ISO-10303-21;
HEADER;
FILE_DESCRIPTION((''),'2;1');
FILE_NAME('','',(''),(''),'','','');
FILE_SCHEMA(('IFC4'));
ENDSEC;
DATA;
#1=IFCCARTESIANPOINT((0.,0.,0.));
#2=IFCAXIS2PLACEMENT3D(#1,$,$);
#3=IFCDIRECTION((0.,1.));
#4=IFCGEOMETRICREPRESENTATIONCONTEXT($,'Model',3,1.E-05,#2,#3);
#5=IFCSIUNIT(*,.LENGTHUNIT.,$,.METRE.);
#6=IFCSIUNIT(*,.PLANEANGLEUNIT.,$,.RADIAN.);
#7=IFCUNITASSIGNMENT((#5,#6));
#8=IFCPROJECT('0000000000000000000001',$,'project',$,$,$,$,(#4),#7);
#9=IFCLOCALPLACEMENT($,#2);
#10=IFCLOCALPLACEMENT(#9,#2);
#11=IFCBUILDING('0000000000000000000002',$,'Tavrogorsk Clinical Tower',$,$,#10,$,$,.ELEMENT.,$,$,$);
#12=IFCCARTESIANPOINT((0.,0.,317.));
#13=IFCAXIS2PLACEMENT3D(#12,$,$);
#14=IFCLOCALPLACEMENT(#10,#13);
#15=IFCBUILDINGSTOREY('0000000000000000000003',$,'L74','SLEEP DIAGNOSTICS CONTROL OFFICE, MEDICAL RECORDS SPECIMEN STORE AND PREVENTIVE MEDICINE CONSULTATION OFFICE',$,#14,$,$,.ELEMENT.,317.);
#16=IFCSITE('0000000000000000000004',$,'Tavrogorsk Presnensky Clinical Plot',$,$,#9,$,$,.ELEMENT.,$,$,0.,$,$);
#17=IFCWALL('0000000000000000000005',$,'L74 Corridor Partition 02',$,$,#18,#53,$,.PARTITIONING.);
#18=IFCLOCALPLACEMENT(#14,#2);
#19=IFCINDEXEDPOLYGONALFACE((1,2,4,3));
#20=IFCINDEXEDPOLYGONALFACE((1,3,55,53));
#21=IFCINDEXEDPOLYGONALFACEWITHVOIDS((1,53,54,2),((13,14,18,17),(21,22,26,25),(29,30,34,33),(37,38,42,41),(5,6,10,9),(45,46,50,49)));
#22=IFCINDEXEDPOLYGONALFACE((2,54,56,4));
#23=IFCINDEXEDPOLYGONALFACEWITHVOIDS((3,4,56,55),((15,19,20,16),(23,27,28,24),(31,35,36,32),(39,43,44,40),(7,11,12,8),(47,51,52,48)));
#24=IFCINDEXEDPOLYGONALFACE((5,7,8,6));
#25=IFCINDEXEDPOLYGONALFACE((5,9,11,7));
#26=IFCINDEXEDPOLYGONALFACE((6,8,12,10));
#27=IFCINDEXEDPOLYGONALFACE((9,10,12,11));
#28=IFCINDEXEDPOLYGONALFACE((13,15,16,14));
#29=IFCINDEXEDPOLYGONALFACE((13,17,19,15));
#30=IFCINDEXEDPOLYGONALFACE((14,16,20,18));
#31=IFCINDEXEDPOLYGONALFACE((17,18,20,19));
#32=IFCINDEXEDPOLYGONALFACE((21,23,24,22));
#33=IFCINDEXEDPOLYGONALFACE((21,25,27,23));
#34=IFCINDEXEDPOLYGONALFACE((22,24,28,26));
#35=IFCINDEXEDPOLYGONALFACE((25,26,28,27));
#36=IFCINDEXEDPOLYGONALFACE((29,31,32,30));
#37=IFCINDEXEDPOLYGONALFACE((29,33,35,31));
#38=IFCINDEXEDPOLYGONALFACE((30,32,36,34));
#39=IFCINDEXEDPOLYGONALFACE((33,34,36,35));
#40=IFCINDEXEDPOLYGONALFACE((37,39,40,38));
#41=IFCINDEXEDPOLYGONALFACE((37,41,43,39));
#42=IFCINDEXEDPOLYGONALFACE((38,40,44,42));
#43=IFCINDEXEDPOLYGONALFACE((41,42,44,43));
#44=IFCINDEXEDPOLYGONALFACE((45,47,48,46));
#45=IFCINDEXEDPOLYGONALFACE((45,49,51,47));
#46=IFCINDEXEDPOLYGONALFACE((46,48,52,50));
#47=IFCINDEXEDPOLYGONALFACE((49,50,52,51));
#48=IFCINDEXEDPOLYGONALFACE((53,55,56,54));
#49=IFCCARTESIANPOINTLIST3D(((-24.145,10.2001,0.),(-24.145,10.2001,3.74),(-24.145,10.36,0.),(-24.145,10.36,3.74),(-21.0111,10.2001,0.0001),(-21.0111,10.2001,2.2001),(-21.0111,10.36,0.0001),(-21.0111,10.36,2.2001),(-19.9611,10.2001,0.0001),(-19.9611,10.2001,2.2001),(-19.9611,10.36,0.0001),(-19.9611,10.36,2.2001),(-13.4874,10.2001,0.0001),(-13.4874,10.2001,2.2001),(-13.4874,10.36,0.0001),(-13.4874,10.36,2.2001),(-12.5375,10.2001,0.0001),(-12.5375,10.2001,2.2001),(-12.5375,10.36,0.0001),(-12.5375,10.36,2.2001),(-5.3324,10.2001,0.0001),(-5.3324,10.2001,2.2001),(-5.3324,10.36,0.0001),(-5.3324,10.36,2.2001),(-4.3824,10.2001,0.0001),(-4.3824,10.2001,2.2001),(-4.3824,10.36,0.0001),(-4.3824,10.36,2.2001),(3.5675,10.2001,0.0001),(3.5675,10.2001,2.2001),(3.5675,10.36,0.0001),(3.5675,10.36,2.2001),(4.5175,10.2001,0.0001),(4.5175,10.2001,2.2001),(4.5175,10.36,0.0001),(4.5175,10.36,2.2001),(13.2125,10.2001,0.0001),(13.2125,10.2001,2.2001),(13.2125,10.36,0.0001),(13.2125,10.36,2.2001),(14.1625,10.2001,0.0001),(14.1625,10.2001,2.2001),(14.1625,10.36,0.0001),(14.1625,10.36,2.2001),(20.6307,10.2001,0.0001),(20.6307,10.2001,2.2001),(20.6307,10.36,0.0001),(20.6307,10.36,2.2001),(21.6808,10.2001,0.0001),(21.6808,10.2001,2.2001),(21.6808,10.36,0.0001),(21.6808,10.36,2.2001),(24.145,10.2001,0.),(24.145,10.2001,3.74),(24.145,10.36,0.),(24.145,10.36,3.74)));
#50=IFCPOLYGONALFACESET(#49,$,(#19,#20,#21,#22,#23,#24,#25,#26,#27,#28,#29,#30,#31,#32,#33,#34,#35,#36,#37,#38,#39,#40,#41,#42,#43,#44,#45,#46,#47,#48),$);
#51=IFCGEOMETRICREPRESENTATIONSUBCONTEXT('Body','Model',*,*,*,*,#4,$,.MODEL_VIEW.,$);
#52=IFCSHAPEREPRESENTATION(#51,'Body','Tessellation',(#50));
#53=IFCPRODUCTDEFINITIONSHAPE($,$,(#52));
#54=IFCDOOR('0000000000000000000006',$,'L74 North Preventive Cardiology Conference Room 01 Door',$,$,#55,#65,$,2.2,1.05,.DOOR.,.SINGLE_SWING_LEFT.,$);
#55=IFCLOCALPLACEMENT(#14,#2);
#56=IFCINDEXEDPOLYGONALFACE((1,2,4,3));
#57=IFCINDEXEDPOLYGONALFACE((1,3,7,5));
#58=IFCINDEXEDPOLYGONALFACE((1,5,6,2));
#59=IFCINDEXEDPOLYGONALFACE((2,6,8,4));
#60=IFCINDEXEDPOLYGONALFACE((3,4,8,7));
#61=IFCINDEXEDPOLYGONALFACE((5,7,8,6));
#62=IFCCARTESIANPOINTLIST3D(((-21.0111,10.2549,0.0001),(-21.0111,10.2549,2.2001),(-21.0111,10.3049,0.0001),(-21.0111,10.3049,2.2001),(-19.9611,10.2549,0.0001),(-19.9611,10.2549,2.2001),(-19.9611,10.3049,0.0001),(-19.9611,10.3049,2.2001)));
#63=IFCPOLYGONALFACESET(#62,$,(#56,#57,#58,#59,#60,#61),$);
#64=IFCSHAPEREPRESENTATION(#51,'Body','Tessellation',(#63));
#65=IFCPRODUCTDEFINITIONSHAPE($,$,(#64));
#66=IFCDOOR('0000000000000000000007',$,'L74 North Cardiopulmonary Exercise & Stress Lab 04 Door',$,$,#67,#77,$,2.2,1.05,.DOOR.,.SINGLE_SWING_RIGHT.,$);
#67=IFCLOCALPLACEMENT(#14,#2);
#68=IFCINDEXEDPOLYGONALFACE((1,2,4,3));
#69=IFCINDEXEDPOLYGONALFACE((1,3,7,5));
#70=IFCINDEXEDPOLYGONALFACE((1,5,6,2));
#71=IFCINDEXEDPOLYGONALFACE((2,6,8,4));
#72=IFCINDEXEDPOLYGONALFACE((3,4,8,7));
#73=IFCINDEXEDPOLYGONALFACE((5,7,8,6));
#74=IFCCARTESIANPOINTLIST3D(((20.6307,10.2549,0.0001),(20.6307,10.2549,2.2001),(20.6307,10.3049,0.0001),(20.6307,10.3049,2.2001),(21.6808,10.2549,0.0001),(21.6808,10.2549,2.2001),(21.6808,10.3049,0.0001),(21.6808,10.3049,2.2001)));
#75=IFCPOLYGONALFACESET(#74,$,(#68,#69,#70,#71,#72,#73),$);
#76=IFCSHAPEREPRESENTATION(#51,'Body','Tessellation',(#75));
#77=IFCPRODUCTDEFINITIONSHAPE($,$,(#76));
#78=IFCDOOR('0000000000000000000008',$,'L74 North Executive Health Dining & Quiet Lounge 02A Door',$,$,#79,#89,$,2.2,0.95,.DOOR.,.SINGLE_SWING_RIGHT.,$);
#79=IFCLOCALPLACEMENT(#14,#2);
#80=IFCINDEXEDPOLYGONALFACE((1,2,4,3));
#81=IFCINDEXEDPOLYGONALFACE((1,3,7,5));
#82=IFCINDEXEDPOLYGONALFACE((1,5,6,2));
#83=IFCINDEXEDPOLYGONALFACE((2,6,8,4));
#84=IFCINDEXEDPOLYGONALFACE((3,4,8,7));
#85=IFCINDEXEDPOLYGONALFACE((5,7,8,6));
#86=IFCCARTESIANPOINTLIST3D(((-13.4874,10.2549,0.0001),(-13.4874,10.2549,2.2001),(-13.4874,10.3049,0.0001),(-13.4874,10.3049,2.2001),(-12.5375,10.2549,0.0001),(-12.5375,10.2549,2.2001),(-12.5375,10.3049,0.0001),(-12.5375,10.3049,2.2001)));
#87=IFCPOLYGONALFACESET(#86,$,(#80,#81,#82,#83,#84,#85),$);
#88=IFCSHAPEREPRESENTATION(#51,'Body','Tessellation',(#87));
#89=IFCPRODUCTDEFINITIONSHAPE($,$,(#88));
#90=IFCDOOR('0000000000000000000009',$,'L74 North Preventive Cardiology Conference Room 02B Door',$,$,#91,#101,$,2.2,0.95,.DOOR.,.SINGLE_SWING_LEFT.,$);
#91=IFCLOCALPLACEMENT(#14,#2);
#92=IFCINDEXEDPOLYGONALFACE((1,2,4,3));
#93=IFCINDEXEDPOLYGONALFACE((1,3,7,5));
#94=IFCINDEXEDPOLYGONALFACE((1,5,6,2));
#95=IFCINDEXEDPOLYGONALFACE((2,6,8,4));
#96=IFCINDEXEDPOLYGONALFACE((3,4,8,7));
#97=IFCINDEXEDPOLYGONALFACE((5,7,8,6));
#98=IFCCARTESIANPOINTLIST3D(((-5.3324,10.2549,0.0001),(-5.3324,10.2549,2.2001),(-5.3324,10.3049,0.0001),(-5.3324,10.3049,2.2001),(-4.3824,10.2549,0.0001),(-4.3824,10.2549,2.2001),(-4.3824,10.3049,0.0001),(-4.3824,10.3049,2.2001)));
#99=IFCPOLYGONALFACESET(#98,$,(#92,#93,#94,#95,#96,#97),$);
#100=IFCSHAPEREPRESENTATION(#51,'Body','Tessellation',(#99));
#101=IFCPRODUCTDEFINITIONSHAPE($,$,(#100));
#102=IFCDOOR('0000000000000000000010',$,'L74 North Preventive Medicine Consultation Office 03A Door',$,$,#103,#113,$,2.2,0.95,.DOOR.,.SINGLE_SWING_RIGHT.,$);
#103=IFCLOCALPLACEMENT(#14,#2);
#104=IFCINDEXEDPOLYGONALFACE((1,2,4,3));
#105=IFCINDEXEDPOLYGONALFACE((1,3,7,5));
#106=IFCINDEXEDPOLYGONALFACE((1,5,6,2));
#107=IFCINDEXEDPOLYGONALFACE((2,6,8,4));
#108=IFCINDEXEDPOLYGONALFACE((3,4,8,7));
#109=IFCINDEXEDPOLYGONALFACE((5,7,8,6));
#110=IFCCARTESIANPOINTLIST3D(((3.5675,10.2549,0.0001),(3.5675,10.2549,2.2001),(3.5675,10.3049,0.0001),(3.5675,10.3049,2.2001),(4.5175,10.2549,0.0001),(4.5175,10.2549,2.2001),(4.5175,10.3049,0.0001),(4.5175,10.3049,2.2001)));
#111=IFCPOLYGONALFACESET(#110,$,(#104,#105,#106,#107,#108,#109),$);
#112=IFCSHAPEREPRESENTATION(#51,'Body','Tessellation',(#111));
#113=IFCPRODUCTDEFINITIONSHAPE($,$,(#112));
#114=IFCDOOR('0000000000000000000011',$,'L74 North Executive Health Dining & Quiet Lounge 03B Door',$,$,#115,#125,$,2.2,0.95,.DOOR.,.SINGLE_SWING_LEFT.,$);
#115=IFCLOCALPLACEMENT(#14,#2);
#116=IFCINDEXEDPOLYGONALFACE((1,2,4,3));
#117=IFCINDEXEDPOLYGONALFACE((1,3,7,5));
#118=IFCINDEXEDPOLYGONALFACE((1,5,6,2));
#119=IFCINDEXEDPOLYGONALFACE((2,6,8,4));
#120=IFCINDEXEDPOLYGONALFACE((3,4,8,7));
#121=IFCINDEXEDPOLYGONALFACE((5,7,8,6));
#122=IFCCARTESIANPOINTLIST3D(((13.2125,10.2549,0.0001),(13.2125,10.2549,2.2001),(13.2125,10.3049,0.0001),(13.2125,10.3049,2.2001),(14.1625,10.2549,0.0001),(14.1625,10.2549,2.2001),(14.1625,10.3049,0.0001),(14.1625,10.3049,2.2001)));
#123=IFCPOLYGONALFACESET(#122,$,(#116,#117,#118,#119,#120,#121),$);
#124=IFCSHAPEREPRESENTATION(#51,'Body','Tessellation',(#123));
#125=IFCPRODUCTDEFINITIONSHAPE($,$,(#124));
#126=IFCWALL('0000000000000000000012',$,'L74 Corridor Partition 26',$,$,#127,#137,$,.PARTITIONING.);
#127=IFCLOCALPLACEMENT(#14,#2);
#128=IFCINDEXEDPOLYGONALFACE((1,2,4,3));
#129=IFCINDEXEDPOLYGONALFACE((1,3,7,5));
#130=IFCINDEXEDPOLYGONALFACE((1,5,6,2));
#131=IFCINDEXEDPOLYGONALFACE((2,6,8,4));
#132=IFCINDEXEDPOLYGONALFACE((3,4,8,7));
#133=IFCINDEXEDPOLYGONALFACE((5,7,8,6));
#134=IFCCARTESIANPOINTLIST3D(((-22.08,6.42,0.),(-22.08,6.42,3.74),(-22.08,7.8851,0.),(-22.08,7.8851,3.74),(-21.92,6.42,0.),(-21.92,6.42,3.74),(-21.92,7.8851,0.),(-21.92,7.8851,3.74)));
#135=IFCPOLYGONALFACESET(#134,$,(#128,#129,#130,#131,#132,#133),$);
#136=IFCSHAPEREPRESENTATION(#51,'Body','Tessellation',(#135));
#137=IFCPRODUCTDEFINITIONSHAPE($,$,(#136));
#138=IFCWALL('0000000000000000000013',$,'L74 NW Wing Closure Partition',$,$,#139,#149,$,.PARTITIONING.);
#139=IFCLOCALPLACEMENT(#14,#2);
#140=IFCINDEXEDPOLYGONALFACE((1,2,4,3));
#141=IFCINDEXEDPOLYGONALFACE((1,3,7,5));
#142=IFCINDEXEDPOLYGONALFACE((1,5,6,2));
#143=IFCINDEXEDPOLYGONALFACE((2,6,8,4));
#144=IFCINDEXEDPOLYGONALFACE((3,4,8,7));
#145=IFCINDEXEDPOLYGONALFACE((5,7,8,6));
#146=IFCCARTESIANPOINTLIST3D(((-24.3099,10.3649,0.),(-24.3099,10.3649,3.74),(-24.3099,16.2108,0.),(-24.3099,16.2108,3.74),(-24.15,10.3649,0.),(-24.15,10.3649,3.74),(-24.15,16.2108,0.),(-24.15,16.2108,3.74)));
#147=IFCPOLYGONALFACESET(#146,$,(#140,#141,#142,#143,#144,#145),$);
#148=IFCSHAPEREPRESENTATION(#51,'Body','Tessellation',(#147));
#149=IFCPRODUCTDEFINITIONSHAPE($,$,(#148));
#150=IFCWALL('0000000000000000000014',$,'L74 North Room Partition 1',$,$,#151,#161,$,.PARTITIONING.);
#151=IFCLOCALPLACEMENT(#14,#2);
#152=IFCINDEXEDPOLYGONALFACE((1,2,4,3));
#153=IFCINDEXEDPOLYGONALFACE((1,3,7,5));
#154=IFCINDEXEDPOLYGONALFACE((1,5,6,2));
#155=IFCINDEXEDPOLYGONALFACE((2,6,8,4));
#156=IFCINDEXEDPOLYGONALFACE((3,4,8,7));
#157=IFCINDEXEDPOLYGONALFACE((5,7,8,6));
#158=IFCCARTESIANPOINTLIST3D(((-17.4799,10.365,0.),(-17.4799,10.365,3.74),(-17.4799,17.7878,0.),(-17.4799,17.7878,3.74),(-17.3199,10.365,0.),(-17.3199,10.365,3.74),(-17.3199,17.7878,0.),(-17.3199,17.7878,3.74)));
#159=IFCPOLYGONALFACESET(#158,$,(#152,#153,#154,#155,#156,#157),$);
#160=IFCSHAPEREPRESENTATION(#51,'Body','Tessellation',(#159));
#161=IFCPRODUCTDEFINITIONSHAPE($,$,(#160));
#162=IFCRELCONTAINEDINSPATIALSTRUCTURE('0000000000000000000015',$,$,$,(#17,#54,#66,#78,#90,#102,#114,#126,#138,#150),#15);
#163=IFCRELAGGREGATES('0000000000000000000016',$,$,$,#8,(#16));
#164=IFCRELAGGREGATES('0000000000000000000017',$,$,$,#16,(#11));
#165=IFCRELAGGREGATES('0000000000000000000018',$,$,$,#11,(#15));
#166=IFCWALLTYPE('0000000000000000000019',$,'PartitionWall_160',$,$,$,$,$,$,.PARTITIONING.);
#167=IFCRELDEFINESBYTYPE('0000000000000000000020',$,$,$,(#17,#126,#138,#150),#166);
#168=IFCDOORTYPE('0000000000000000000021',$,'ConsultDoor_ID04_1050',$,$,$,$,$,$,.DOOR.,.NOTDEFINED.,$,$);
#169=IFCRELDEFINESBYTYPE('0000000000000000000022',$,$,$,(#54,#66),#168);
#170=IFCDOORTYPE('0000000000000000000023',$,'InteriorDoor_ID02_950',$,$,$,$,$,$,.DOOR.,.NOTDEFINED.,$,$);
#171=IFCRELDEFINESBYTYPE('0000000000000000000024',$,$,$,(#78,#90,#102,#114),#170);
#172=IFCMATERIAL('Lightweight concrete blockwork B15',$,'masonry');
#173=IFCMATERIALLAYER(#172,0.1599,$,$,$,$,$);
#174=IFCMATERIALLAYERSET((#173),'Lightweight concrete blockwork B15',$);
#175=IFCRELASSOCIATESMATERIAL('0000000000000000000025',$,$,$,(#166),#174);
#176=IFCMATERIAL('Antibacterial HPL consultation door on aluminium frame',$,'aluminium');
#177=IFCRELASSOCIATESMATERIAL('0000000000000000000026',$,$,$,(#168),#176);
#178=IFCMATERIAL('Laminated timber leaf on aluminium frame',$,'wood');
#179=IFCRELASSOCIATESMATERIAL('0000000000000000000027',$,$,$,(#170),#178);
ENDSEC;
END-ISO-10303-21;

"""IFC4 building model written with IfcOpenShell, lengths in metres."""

from ifc_helpers import new_model, si_unit, direction, frame, frame_2d, origin, place, context, subcontext, project, spatial, rectangle, extrude, material, layer, layer_set, type_object, element, fill, save


model = new_model("IFC4")

# Units and contexts
model_context = context("Model", 3, precision=1e-05, world=origin(), true_north=direction((0.0, 1.0)))
body_context = subcontext(model_context, "Body", "Model", "MODEL_VIEW")
ifc_project = project(units=[si_unit("LENGTHUNIT", "METRE"), si_unit("PLANEANGLEUNIT", "RADIAN")], contexts=[model_context])

# Site, building, storey
site_placement = place(None, origin())
site = spatial("IfcSite", under=ifc_project, at=site_placement, Name="Tavrogorsk Presnensky Clinical Plot", CompositionType="ELEMENT", RefElevation=0.0)
building_placement = place(site_placement, origin())
building = spatial("IfcBuilding", under=site, at=building_placement, Name="Tavrogorsk Clinical Tower", CompositionType="ELEMENT")
storey_placement = place(building_placement, frame((0.0, 0.0, 317.0)))
storey = spatial("IfcBuildingStorey", under=building, at=storey_placement, Name="L74", Description="SLEEP DIAGNOSTICS CONTROL OFFICE, MEDICAL RECORDS SPECIMEN STORE AND PREVENTIVE MEDICINE CONSULTATION OFFICE", CompositionType="ELEMENT", Elevation=317.0)

# Wall, openings, doors
ifc_material_1 = material(Name="Lightweight concrete blockwork B15", Category="masonry")
ifc_layer_1 = layer(ifc_material_1, 0.1599)
ifc_layer_set_1 = layer_set([ifc_layer_1], Name="Lightweight concrete blockwork B15")
wall_type_1 = type_object("IfcWallType", Name="PartitionWall_160", PredefinedType="PARTITIONING", material=ifc_layer_set_1)
wall_1_placement = place(storey_placement, frame((-24.145, 10.28, 0.0), z_axis=(0.0, 0.0, 1.0), x_axis=(1.0, 0.0, 0.0)))
wall_1 = element("IfcWall", 1, at=wall_1_placement, inside=storey, type_object=wall_type_1, Name="L74 Corridor Partition 02", PredefinedType="PARTITIONING", context=body_context, shape_type="SweptSolid", body=[
    extrude(rectangle(XDim=48.29, YDim=0.1599, at=frame_2d((24.145, 0.0))), origin(), (0.0, 0.0, 1.0), 3.74),
])
opening_1_placement = place(wall_1_placement, frame((3.134, 0.0, 0.0)))
opening_1 = element("IfcOpeningElement", 2, at=opening_1_placement, cuts=wall_1, PredefinedType="OPENING", context=body_context, shape_type="SweptSolid", body=[
    extrude(rectangle(XDim=1.05, YDim=2.2, at=frame_2d((0.5249, 1.1001))), frame((0.0, 0.0898, 0.0), z_axis=(0.0, -1.0, 0.0), x_axis=(1.0, 0.0, 0.0)), (0.0, 0.0, 1.0), 0.1799),
])
opening_2_placement = place(wall_1_placement, frame((10.6575, 0.0, 0.0)))
opening_2 = element("IfcOpeningElement", 3, at=opening_2_placement, cuts=wall_1, PredefinedType="OPENING", context=body_context, shape_type="SweptSolid", body=[
    extrude(rectangle(XDim=0.95, YDim=2.2, at=frame_2d((0.4751, 1.1001))), frame((0.0, 0.0898, 0.0), z_axis=(0.0, -1.0, 0.0), x_axis=(1.0, 0.0, 0.0)), (0.0, 0.0, 1.0), 0.1799),
])
opening_3_placement = place(wall_1_placement, frame((18.8125, 0.0, 0.0)))
opening_3 = element("IfcOpeningElement", 4, at=opening_3_placement, cuts=wall_1, PredefinedType="OPENING", context=body_context, shape_type="SweptSolid", body=[
    extrude(rectangle(XDim=0.95, YDim=2.2, at=frame_2d((0.4751, 1.1001))), frame((0.0, 0.0898, 0.0), z_axis=(0.0, -1.0, 0.0), x_axis=(1.0, 0.0, 0.0)), (0.0, 0.0, 1.0), 0.1799),
])
opening_4_placement = place(wall_1_placement, frame((27.7124, 0.0, 0.0)))
opening_4 = element("IfcOpeningElement", 5, at=opening_4_placement, cuts=wall_1, PredefinedType="OPENING", context=body_context, shape_type="SweptSolid", body=[
    extrude(rectangle(XDim=0.95, YDim=2.2, at=frame_2d((0.4751, 1.1001))), frame((0.0, 0.0898, 0.0), z_axis=(0.0, -1.0, 0.0), x_axis=(1.0, 0.0, 0.0)), (0.0, 0.0, 1.0), 0.1799),
])
opening_5_placement = place(wall_1_placement, frame((37.3574, 0.0, 0.0)))
opening_5 = element("IfcOpeningElement", 6, at=opening_5_placement, cuts=wall_1, PredefinedType="OPENING", context=body_context, shape_type="SweptSolid", body=[
    extrude(rectangle(XDim=0.95, YDim=2.2, at=frame_2d((0.4751, 1.1001))), frame((0.0, 0.0898, 0.0), z_axis=(0.0, -1.0, 0.0), x_axis=(1.0, 0.0, 0.0)), (0.0, 0.0, 1.0), 0.1799),
])
opening_6_placement = place(wall_1_placement, frame((44.7759, 0.0, 0.0)))
opening_6 = element("IfcOpeningElement", 7, at=opening_6_placement, cuts=wall_1, PredefinedType="OPENING", context=body_context, shape_type="SweptSolid", body=[
    extrude(rectangle(XDim=1.05, YDim=2.2, at=frame_2d((0.5249, 1.1001))), frame((0.0, 0.0898, 0.0), z_axis=(0.0, -1.0, 0.0), x_axis=(1.0, 0.0, 0.0)), (0.0, 0.0, 1.0), 0.1799),
])
ifc_material_2 = material(Name="Antibacterial HPL consultation door on aluminium frame", Category="aluminium")
door_type_1 = type_object("IfcDoorType", Name="ConsultDoor_ID04_1050", OperationType="NOTDEFINED", PredefinedType="DOOR", material=ifc_material_2)
door_1_placement = place(opening_1_placement, origin())
door_1 = element("IfcDoor", 8, at=door_1_placement, inside=storey, type_object=door_type_1, Name="L74 North Preventive Cardiology Conference Room 01 Door", OperationType="SINGLE_SWING_LEFT", OverallHeight=2.2, OverallWidth=1.05, PredefinedType="DOOR", context=body_context, shape_type="SweptSolid", body=[
    extrude(rectangle(XDim=1.05, YDim=2.2, at=frame_2d((0.5249, 1.1001))), frame((0.0, 0.0249, 0.0), z_axis=(0.0, -1.0, 0.0), x_axis=(1.0, 0.0, 0.0)), (0.0, 0.0, 1.0), 0.05),
])
fill(opening_1, door_1)
door_2_placement = place(opening_6_placement, origin())
door_2 = element("IfcDoor", 9, at=door_2_placement, inside=storey, type_object=door_type_1, Name="L74 North Cardiopulmonary Exercise & Stress Lab 04 Door", OperationType="SINGLE_SWING_RIGHT", OverallHeight=2.2, OverallWidth=1.05, PredefinedType="DOOR", context=body_context, shape_type="SweptSolid", body=[
    extrude(rectangle(XDim=1.05, YDim=2.2, at=frame_2d((0.5249, 1.1001))), frame((0.0, 0.0249, 0.0), z_axis=(0.0, -1.0, 0.0), x_axis=(1.0, 0.0, 0.0)), (0.0, 0.0, 1.0), 0.05),
])
fill(opening_6, door_2)
ifc_material_3 = material(Name="Laminated timber leaf on aluminium frame", Category="wood")
door_type_2 = type_object("IfcDoorType", Name="InteriorDoor_ID02_950", OperationType="NOTDEFINED", PredefinedType="DOOR", material=ifc_material_3)
door_3_placement = place(opening_2_placement, origin())
door_3 = element("IfcDoor", 10, at=door_3_placement, inside=storey, type_object=door_type_2, Name="L74 North Executive Health Dining & Quiet Lounge 02A Door", OperationType="SINGLE_SWING_RIGHT", OverallHeight=2.2, OverallWidth=0.95, PredefinedType="DOOR", context=body_context, shape_type="SweptSolid", body=[
    extrude(rectangle(XDim=0.95, YDim=2.2, at=frame_2d((0.4751, 1.1001))), frame((0.0, 0.0249, 0.0), z_axis=(0.0, -1.0, 0.0), x_axis=(1.0, 0.0, 0.0)), (0.0, 0.0, 1.0), 0.05),
])
fill(opening_2, door_3)
door_4_placement = place(opening_3_placement, origin())
door_4 = element("IfcDoor", 11, at=door_4_placement, inside=storey, type_object=door_type_2, Name="L74 North Preventive Cardiology Conference Room 02B Door", OperationType="SINGLE_SWING_LEFT", OverallHeight=2.2, OverallWidth=0.95, PredefinedType="DOOR", context=body_context, shape_type="SweptSolid", body=[
    extrude(rectangle(XDim=0.95, YDim=2.2, at=frame_2d((0.4751, 1.1001))), frame((0.0, 0.0249, 0.0), z_axis=(0.0, -1.0, 0.0), x_axis=(1.0, 0.0, 0.0)), (0.0, 0.0, 1.0), 0.05),
])
fill(opening_3, door_4)
door_5_placement = place(opening_4_placement, origin())
door_5 = element("IfcDoor", 12, at=door_5_placement, inside=storey, type_object=door_type_2, Name="L74 North Preventive Medicine Consultation Office 03A Door", OperationType="SINGLE_SWING_RIGHT", OverallHeight=2.2, OverallWidth=0.95, PredefinedType="DOOR", context=body_context, shape_type="SweptSolid", body=[
    extrude(rectangle(XDim=0.95, YDim=2.2, at=frame_2d((0.4751, 1.1001))), frame((0.0, 0.0249, 0.0), z_axis=(0.0, -1.0, 0.0), x_axis=(1.0, 0.0, 0.0)), (0.0, 0.0, 1.0), 0.05),
])
fill(opening_4, door_5)
door_6_placement = place(opening_5_placement, origin())
door_6 = element("IfcDoor", 13, at=door_6_placement, inside=storey, type_object=door_type_2, Name="L74 North Executive Health Dining & Quiet Lounge 03B Door", OperationType="SINGLE_SWING_LEFT", OverallHeight=2.2, OverallWidth=0.95, PredefinedType="DOOR", context=body_context, shape_type="SweptSolid", body=[
    extrude(rectangle(XDim=0.95, YDim=2.2, at=frame_2d((0.4751, 1.1001))), frame((0.0, 0.0249, 0.0), z_axis=(0.0, -1.0, 0.0), x_axis=(1.0, 0.0, 0.0)), (0.0, 0.0, 1.0), 0.05),
])
fill(opening_5, door_6)

# Walls
wall_2_placement = place(storey_placement, frame((-22.0, 7.885, 0.0), z_axis=(0.0, 0.0, 1.0), x_axis=(0.0, -1.0, 0.0)))
element("IfcWall", 14, at=wall_2_placement, inside=storey, type_object=wall_type_1, Name="L74 Corridor Partition 26", PredefinedType="PARTITIONING", context=body_context, shape_type="SweptSolid", body=[
    extrude(rectangle(XDim=1.4651, YDim=0.1599, at=frame_2d((0.7324, 0.0))), origin(), (0.0, 0.0, 1.0), 3.74),
])
wall_3_placement = place(storey_placement, frame((-24.23, 10.365, 0.0), z_axis=(0.0, 0.0, 1.0), x_axis=(0.0, 1.0, 0.0)))
element("IfcWall", 15, at=wall_3_placement, inside=storey, type_object=wall_type_1, Name="L74 NW Wing Closure Partition", PredefinedType="PARTITIONING", context=body_context, shape_type="SweptSolid", body=[
    extrude(rectangle(XDim=5.8459, YDim=0.1599, at=frame_2d((2.9229, 0.0))), origin(), (0.0, 0.0, 1.0), 3.74),
])
wall_4_placement = place(storey_placement, frame((-17.3999, 10.365, 0.0), z_axis=(0.0, 0.0, 1.0), x_axis=(0.0, 1.0, 0.0)))
element("IfcWall", 16, at=wall_4_placement, inside=storey, type_object=wall_type_1, Name="L74 North Room Partition 1", PredefinedType="PARTITIONING", context=body_context, shape_type="SweptSolid", body=[
    extrude(rectangle(XDim=7.4229, YDim=0.1599, at=frame_2d((3.7114, 0.0))), origin(), (0.0, 0.0, 1.0), 3.74),
])

save(model, "model.ifc")
